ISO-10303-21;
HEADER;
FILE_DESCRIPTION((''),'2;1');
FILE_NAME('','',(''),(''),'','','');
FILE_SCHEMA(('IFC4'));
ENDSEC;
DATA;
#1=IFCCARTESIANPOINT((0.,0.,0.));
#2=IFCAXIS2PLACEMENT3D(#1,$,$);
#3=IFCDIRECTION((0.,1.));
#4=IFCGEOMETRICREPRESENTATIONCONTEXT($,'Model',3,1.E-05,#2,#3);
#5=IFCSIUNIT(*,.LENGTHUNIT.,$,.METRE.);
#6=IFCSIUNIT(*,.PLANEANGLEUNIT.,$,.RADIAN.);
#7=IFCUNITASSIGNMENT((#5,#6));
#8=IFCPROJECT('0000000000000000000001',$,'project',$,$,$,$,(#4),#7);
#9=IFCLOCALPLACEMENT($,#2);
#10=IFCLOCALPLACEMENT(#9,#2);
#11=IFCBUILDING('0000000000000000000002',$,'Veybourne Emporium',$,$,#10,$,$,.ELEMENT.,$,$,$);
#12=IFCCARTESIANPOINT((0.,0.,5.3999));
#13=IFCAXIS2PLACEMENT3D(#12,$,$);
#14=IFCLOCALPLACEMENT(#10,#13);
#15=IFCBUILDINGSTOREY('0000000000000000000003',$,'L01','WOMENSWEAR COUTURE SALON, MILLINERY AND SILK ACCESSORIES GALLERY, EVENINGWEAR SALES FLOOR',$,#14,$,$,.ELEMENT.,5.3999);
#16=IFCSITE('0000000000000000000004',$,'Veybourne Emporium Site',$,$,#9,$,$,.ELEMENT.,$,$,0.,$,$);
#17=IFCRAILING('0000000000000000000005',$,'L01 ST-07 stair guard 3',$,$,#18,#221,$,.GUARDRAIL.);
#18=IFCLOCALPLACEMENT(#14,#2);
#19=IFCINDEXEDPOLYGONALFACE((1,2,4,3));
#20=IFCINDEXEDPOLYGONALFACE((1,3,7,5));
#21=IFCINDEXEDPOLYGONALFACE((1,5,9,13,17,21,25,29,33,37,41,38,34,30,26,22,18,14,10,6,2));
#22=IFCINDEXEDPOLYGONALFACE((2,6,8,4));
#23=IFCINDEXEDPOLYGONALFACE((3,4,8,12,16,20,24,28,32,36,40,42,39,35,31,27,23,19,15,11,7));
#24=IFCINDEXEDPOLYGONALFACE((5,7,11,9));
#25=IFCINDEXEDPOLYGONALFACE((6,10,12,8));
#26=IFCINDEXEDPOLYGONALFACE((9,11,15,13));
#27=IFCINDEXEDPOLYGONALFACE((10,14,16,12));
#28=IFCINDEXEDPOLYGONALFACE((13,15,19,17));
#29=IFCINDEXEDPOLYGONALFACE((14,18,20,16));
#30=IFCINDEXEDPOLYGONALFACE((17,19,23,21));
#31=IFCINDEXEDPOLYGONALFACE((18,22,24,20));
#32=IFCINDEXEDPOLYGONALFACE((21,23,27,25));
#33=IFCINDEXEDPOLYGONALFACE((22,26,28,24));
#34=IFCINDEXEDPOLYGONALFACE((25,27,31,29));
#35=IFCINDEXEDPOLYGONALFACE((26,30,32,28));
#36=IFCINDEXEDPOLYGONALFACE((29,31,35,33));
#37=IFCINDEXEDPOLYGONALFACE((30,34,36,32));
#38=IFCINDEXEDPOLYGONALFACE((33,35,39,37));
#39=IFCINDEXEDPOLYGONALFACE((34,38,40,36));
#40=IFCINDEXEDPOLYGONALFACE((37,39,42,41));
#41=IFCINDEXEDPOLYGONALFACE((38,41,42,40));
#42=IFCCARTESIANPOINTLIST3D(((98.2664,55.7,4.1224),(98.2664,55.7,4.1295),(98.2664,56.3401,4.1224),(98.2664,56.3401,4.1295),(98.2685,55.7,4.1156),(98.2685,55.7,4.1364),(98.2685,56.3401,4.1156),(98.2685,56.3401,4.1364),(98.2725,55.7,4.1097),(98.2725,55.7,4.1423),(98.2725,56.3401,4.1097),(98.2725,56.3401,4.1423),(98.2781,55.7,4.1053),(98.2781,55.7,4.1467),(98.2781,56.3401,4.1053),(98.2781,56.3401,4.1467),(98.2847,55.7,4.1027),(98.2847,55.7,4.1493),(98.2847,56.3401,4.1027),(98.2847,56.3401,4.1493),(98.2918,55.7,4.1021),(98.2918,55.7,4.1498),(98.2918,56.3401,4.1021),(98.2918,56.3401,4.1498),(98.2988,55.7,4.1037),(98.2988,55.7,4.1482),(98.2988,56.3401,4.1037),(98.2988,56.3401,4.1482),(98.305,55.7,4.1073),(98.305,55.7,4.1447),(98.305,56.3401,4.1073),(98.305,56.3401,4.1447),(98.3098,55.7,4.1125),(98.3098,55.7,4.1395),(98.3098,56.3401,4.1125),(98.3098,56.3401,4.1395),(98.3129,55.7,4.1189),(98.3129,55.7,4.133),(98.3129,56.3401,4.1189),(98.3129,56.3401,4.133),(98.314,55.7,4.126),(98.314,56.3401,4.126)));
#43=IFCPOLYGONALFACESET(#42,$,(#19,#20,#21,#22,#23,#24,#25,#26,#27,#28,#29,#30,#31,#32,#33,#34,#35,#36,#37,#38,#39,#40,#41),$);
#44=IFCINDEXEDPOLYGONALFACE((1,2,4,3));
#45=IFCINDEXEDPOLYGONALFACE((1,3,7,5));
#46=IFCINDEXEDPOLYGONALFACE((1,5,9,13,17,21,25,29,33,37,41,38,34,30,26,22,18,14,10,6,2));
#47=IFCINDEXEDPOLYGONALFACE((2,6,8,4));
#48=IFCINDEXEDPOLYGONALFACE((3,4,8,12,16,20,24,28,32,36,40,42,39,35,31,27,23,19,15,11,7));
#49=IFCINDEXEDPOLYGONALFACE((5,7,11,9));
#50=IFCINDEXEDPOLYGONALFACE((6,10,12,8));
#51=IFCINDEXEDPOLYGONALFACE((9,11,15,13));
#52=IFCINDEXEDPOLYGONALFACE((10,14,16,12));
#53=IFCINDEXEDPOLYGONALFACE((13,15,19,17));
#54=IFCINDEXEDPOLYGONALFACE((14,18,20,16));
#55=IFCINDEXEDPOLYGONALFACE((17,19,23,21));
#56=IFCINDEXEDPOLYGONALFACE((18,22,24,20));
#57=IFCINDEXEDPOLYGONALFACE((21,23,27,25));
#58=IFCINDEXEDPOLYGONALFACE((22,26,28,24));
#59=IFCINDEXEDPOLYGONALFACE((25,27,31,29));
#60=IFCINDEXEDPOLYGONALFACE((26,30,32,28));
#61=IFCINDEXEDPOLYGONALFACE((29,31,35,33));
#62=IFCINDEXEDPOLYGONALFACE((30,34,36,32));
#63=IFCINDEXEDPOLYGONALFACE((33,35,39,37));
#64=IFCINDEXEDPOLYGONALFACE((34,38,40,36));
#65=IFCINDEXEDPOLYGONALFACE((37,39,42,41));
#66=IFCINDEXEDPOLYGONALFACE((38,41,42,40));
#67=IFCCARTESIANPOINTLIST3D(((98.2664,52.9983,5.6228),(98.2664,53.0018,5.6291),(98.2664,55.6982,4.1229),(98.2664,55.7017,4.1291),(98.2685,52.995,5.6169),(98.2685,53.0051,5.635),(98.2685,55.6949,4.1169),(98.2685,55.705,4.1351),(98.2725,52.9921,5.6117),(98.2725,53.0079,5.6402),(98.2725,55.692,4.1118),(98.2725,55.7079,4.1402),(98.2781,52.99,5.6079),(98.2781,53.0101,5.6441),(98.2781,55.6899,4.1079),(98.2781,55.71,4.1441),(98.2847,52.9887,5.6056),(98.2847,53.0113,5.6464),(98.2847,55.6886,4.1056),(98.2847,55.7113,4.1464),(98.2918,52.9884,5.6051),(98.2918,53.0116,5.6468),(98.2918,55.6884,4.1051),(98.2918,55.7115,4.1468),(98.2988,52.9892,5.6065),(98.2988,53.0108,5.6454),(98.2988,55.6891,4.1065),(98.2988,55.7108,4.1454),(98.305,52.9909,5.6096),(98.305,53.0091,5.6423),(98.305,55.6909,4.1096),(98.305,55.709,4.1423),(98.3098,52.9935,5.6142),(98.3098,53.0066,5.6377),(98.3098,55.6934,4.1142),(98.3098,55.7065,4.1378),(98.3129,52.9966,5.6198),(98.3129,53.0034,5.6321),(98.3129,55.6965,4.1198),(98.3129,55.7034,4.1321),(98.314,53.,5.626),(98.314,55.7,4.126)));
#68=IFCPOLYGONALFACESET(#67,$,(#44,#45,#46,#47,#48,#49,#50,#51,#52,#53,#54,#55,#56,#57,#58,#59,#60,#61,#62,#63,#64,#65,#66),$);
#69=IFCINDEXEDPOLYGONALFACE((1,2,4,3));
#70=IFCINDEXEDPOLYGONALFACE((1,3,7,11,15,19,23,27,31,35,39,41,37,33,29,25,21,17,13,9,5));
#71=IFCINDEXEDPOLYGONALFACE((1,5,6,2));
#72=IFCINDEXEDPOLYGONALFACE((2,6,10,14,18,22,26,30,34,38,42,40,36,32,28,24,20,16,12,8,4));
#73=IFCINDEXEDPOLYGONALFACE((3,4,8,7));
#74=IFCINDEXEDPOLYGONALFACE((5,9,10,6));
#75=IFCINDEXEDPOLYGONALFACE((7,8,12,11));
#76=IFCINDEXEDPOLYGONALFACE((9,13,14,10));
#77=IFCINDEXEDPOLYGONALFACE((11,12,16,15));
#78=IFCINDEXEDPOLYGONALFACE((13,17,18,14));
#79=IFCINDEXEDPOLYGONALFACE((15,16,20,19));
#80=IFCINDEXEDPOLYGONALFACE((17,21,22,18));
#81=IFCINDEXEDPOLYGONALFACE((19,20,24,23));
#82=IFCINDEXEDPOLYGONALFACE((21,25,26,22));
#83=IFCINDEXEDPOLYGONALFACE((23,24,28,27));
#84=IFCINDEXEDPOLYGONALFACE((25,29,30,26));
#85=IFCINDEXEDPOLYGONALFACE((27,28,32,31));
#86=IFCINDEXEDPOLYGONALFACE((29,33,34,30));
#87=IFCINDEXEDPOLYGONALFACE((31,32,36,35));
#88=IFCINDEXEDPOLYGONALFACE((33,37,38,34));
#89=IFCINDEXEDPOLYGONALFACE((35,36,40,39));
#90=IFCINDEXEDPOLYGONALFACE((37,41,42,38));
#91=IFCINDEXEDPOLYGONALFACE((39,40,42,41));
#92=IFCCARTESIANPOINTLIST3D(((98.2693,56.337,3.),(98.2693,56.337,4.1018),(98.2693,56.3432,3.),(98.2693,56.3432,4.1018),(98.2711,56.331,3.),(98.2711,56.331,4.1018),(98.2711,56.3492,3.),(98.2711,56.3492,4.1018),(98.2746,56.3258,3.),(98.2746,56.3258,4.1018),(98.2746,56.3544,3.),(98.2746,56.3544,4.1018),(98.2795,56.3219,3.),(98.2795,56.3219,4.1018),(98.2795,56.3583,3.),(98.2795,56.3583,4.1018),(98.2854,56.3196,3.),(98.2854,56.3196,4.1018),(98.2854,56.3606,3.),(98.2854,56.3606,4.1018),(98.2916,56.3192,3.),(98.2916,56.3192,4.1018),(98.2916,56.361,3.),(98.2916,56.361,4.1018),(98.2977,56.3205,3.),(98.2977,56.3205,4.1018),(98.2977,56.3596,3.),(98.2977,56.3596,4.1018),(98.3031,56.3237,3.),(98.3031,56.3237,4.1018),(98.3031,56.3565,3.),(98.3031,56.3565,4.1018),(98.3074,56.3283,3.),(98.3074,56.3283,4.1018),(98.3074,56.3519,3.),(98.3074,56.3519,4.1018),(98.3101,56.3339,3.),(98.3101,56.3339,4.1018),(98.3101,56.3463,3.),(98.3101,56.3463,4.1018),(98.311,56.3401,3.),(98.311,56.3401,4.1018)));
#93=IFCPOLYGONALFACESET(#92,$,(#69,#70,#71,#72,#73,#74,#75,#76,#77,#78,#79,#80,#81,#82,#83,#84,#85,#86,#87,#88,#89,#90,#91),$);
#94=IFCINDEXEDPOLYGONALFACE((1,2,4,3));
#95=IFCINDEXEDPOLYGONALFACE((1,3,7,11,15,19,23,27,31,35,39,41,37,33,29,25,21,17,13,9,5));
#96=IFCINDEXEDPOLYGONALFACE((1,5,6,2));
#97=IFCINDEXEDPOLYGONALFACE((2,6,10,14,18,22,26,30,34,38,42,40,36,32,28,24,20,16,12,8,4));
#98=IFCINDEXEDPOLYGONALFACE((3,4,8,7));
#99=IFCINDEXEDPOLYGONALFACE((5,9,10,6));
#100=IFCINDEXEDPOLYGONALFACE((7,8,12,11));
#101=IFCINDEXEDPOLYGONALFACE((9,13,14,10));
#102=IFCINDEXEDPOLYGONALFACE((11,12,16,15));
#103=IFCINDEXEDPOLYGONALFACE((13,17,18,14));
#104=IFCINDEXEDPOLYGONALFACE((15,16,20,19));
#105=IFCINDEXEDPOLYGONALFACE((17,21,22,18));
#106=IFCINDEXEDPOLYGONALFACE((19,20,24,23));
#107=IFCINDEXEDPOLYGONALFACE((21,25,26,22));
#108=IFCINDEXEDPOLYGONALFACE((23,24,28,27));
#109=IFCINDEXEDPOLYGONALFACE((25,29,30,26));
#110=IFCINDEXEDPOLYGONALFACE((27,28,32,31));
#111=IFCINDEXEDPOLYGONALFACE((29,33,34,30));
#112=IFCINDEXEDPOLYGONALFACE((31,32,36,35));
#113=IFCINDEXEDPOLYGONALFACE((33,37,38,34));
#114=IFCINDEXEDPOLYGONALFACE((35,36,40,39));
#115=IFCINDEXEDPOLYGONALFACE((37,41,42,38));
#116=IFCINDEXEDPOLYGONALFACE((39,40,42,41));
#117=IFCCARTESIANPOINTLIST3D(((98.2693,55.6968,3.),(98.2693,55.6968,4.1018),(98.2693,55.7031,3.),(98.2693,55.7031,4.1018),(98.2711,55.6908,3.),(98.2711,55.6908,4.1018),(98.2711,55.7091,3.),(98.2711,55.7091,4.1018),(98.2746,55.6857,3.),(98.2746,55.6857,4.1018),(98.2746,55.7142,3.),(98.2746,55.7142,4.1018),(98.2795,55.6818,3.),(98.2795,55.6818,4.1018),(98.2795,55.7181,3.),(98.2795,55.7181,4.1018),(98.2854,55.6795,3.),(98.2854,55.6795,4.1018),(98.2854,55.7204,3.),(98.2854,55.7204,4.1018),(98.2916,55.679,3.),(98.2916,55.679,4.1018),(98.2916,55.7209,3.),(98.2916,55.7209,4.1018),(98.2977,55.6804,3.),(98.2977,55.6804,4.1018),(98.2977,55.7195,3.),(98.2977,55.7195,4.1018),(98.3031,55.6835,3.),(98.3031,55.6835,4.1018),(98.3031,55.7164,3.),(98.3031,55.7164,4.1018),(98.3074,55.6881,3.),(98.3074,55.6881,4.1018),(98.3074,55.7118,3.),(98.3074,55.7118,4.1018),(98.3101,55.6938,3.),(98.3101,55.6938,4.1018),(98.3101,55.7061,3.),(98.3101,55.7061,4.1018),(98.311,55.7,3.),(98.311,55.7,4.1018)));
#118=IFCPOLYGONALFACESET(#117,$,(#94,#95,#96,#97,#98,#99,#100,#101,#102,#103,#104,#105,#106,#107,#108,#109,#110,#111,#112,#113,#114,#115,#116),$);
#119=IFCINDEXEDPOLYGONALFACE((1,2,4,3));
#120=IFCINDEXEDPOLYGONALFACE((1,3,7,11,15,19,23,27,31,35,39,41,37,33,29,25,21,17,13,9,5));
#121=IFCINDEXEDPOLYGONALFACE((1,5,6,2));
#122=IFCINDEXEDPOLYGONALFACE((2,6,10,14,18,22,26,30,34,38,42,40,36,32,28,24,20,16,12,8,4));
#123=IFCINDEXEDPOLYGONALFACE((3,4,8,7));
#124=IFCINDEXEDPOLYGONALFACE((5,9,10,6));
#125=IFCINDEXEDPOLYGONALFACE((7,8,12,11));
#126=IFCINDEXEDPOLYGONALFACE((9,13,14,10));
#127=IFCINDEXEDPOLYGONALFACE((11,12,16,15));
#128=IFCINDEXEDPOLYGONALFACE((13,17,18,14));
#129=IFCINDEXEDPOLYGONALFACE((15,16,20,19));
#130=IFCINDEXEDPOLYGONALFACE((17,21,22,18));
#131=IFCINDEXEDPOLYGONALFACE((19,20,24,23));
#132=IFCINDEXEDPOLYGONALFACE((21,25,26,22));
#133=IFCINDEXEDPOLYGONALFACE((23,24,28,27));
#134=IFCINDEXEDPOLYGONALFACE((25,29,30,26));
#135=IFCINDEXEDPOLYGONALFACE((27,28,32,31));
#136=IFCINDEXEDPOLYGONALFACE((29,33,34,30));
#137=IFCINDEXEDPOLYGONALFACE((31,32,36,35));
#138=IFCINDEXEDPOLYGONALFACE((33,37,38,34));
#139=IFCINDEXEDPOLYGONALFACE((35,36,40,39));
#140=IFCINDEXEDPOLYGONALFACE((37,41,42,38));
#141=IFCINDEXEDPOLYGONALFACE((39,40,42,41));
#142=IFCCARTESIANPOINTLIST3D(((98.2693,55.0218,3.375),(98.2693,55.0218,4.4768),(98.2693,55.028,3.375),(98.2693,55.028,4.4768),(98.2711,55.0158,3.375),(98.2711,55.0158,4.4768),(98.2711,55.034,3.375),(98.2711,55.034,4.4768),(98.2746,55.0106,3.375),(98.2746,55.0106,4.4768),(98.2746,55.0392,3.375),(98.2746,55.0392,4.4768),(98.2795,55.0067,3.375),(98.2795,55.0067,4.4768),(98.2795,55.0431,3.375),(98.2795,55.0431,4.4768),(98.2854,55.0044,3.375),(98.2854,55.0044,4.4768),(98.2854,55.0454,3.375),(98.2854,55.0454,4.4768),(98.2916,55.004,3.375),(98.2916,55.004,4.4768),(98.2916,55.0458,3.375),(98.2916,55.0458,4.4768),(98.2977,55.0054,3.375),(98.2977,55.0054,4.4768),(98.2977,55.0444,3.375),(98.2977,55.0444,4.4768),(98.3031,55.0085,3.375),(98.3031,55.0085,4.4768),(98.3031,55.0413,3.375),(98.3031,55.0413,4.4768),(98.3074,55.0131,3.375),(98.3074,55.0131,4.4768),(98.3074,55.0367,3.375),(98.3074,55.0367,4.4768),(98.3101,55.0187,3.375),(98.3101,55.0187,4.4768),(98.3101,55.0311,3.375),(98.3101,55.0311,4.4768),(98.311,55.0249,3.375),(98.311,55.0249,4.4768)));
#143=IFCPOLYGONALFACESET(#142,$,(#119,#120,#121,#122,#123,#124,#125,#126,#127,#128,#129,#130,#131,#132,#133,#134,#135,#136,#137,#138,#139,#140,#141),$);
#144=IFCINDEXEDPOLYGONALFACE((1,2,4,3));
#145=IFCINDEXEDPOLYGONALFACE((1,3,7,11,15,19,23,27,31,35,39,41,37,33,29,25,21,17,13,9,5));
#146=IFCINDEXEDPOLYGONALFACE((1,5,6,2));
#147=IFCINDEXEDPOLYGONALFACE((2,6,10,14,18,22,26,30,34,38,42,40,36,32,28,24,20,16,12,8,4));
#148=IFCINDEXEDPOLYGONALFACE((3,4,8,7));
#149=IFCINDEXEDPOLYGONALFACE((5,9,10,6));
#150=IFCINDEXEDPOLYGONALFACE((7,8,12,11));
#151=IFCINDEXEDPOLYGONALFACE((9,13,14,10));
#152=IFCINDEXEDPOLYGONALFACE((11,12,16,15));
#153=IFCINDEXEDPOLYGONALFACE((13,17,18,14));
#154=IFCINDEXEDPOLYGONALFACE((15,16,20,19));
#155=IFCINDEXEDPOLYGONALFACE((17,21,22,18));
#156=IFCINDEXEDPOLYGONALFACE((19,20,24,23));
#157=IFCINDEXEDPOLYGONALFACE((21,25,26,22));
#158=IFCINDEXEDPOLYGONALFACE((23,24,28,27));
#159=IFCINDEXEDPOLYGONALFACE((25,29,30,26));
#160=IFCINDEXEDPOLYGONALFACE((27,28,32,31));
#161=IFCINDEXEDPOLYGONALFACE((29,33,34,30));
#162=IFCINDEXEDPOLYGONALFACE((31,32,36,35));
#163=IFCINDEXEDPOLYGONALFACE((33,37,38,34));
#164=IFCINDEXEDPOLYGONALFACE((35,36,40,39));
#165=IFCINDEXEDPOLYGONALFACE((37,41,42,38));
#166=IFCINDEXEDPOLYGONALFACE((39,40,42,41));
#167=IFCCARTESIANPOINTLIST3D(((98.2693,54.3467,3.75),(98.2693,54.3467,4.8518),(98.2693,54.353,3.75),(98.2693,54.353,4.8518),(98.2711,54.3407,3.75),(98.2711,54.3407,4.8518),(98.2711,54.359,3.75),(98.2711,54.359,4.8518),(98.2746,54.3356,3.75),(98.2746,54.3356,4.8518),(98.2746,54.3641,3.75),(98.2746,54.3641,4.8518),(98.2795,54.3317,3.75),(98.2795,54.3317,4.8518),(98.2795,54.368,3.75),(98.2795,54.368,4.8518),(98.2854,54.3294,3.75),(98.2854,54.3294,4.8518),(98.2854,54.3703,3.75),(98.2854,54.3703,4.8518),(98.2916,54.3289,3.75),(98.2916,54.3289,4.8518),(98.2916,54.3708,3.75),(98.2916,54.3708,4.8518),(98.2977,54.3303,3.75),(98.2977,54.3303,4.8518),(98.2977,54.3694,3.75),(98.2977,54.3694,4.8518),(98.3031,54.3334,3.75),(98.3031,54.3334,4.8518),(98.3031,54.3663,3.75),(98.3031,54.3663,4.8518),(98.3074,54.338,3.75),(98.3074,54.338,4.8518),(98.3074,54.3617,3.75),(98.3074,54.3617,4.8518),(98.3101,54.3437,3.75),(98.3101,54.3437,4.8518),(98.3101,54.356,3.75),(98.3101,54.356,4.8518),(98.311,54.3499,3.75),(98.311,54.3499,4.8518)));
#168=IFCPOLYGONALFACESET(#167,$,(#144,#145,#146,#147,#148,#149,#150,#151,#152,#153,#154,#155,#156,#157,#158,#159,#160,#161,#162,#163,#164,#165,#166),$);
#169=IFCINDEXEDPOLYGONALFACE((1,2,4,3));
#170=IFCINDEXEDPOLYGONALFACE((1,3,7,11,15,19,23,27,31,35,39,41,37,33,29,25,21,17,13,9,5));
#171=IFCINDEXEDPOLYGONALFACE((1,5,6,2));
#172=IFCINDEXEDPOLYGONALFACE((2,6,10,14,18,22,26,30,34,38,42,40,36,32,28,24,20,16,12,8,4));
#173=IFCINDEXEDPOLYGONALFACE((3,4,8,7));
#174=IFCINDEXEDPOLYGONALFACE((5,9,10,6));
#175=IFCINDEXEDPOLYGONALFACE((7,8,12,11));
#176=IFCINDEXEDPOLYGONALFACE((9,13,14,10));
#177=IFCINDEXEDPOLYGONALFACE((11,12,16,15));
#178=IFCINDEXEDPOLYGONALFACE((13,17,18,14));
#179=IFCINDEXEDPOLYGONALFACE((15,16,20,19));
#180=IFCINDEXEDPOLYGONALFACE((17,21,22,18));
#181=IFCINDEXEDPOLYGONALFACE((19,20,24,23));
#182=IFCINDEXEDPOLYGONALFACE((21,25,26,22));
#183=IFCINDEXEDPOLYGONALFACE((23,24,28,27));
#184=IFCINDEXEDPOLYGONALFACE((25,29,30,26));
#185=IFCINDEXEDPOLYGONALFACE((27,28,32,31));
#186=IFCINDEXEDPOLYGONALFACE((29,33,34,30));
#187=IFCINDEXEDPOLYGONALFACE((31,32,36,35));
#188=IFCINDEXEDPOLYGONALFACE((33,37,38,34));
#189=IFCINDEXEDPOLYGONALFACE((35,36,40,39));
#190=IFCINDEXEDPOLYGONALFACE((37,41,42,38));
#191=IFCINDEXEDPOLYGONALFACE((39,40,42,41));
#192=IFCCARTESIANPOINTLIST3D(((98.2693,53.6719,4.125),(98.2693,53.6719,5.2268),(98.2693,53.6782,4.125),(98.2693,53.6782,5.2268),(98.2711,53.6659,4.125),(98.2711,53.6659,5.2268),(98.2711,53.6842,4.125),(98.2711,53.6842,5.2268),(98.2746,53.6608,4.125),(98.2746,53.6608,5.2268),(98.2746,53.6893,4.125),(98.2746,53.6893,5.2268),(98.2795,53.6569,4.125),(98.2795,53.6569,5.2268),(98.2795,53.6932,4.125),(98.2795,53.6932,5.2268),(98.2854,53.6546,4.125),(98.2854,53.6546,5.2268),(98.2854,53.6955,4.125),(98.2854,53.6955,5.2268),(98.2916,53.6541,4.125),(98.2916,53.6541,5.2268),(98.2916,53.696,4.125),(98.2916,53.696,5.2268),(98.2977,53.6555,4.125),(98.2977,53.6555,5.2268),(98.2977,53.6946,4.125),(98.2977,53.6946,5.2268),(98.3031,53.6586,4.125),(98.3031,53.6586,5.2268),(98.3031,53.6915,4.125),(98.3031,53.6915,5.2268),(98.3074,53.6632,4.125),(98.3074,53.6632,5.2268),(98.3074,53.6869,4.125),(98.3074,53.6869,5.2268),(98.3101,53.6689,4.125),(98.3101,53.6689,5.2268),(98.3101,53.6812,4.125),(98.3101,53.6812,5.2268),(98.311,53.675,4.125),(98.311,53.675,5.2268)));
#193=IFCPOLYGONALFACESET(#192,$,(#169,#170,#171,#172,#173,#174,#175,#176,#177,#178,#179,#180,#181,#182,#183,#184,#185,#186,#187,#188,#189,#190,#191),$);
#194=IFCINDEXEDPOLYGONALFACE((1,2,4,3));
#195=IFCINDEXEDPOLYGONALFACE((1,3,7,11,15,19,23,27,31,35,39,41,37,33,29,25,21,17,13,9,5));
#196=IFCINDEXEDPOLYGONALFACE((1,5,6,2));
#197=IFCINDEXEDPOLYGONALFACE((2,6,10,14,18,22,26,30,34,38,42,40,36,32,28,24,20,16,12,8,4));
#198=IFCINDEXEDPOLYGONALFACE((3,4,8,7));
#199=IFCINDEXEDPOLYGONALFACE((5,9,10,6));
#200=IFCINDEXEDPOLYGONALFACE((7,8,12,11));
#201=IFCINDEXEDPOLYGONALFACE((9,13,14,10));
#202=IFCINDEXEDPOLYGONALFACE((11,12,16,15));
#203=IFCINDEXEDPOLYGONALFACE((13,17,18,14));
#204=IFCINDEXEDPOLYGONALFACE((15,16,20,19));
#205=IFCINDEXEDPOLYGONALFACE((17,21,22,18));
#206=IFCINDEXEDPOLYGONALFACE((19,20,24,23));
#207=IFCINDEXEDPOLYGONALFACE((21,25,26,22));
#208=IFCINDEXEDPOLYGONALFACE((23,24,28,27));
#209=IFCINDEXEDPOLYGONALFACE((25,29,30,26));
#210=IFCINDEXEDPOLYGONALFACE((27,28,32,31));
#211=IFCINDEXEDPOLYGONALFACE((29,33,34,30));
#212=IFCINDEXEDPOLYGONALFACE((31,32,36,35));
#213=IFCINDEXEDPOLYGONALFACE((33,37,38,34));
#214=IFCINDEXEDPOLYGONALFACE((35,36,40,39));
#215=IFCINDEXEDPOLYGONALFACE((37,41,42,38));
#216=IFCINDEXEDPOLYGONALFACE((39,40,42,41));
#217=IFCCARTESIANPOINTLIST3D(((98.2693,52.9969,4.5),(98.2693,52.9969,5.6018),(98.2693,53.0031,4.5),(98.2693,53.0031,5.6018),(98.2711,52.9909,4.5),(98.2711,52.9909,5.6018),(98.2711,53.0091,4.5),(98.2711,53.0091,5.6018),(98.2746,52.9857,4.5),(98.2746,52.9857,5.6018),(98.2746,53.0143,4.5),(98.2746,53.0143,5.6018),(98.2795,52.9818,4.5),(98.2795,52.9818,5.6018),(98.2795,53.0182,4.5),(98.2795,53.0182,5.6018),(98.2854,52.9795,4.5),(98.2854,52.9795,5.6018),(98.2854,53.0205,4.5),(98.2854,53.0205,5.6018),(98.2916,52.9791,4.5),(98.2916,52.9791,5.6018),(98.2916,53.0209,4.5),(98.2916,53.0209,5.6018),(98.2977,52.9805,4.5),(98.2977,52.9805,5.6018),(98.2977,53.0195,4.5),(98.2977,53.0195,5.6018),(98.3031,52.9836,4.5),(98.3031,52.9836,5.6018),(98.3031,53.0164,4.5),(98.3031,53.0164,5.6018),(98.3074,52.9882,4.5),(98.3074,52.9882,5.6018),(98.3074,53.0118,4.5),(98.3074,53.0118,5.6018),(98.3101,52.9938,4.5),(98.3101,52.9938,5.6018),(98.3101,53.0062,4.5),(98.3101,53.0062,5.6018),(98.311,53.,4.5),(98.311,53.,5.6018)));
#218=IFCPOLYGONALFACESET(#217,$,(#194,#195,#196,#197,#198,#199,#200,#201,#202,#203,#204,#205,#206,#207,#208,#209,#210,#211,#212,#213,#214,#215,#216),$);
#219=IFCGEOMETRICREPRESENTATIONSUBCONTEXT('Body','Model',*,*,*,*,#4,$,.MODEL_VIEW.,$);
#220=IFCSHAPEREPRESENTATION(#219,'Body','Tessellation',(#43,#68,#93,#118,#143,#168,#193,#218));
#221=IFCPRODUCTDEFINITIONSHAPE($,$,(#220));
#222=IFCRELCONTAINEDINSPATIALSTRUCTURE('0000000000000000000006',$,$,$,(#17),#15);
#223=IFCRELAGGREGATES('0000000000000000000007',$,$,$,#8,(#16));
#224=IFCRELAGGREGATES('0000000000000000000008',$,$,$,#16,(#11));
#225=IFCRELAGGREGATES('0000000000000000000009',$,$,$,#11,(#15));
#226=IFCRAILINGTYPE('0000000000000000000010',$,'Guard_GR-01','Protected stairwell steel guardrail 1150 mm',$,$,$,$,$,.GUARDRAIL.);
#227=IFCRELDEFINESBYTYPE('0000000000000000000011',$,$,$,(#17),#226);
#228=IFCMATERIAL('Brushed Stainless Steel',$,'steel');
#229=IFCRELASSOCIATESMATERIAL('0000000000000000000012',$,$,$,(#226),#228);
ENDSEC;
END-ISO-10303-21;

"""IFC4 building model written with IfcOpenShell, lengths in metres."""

from ifc_helpers import new_model, si_unit, direction, frame, origin, origin_2d, place, context, subcontext, project, spatial, circle, extrude, material, type_object, element, save


model = new_model("IFC4")

# Units and contexts
model_context = context("Model", 3, precision=1e-05, world=origin(), true_north=direction((0.0, 1.0)))
body_context = subcontext(model_context, "Body", "Model", "MODEL_VIEW")
ifc_project = project(units=[si_unit("LENGTHUNIT", "METRE"), si_unit("PLANEANGLEUNIT", "RADIAN")], contexts=[model_context])

# Site, building, storey
site_placement = place(None, origin())
site = spatial("IfcSite", under=ifc_project, at=site_placement, Name="Veybourne Emporium Site", CompositionType="ELEMENT", RefElevation=0.0)
building_placement = place(site_placement, origin())
building = spatial("IfcBuilding", under=site, at=building_placement, Name="Veybourne Emporium", CompositionType="ELEMENT")
storey_placement = place(building_placement, frame((0.0, 0.0, 5.3999)))
storey = spatial("IfcBuildingStorey", under=building, at=storey_placement, Name="L01", Description="WOMENSWEAR COUTURE SALON, MILLINERY AND SILK ACCESSORIES GALLERY, EVENINGWEAR SALES FLOOR", CompositionType="ELEMENT", Elevation=5.3999)

# Railing
ifc_material_1 = material(Name="Brushed Stainless Steel", Category="steel")
railing_type_1 = type_object("IfcRailingType", Name="Guard_GR-01", Description="Protected stairwell steel guardrail 1150 mm", PredefinedType="GUARDRAIL", material=ifc_material_1)
railing_1_placement = place(storey_placement, frame((98.29, 56.3401, 3.0)))
element("IfcRailing", 1, at=railing_1_placement, inside=storey, type_object=railing_type_1, Name="L01 ST-07 stair guard 3", PredefinedType="GUARDRAIL", context=body_context, shape_type="SweptSolid", body=[
    extrude(circle(Radius=0.0239, at=origin_2d()), frame((0.0, 0.0, 1.126), z_axis=(0.0, -1.0, 0.0), x_axis=(1.0, 0.0, 0.0)), (0.0, 0.0, 1.0), 0.6401),
    extrude(circle(Radius=0.0239, at=origin_2d()), frame((0.0, -0.6401, 1.126), z_axis=(0.0, -0.874154, 0.48565), x_axis=(1.0, 0.0, 0.0)), (0.0, 0.0, 1.0), 3.0886),
    extrude(circle(Radius=0.021, at=origin_2d()), origin(), (0.0, 0.0, 1.0), 1.1018),
    extrude(circle(Radius=0.021, at=origin_2d()), frame((0.0, -0.6401, 0.0)), (0.0, 0.0, 1.0), 1.1018),
    extrude(circle(Radius=0.021, at=origin_2d()), frame((0.0, -1.3152, 0.375)), (0.0, 0.0, 1.0), 1.1018),
    extrude(circle(Radius=0.021, at=origin_2d()), frame((0.0, -1.9902, 0.75)), (0.0, 0.0, 1.0), 1.1018),
    extrude(circle(Radius=0.021, at=origin_2d()), frame((0.0, -2.665, 1.125)), (0.0, 0.0, 1.0), 1.1018),
    extrude(circle(Radius=0.021, at=origin_2d()), frame((0.0, -3.3401, 1.5)), (0.0, 0.0, 1.0), 1.1018),
])

save(model, "model.ifc")
